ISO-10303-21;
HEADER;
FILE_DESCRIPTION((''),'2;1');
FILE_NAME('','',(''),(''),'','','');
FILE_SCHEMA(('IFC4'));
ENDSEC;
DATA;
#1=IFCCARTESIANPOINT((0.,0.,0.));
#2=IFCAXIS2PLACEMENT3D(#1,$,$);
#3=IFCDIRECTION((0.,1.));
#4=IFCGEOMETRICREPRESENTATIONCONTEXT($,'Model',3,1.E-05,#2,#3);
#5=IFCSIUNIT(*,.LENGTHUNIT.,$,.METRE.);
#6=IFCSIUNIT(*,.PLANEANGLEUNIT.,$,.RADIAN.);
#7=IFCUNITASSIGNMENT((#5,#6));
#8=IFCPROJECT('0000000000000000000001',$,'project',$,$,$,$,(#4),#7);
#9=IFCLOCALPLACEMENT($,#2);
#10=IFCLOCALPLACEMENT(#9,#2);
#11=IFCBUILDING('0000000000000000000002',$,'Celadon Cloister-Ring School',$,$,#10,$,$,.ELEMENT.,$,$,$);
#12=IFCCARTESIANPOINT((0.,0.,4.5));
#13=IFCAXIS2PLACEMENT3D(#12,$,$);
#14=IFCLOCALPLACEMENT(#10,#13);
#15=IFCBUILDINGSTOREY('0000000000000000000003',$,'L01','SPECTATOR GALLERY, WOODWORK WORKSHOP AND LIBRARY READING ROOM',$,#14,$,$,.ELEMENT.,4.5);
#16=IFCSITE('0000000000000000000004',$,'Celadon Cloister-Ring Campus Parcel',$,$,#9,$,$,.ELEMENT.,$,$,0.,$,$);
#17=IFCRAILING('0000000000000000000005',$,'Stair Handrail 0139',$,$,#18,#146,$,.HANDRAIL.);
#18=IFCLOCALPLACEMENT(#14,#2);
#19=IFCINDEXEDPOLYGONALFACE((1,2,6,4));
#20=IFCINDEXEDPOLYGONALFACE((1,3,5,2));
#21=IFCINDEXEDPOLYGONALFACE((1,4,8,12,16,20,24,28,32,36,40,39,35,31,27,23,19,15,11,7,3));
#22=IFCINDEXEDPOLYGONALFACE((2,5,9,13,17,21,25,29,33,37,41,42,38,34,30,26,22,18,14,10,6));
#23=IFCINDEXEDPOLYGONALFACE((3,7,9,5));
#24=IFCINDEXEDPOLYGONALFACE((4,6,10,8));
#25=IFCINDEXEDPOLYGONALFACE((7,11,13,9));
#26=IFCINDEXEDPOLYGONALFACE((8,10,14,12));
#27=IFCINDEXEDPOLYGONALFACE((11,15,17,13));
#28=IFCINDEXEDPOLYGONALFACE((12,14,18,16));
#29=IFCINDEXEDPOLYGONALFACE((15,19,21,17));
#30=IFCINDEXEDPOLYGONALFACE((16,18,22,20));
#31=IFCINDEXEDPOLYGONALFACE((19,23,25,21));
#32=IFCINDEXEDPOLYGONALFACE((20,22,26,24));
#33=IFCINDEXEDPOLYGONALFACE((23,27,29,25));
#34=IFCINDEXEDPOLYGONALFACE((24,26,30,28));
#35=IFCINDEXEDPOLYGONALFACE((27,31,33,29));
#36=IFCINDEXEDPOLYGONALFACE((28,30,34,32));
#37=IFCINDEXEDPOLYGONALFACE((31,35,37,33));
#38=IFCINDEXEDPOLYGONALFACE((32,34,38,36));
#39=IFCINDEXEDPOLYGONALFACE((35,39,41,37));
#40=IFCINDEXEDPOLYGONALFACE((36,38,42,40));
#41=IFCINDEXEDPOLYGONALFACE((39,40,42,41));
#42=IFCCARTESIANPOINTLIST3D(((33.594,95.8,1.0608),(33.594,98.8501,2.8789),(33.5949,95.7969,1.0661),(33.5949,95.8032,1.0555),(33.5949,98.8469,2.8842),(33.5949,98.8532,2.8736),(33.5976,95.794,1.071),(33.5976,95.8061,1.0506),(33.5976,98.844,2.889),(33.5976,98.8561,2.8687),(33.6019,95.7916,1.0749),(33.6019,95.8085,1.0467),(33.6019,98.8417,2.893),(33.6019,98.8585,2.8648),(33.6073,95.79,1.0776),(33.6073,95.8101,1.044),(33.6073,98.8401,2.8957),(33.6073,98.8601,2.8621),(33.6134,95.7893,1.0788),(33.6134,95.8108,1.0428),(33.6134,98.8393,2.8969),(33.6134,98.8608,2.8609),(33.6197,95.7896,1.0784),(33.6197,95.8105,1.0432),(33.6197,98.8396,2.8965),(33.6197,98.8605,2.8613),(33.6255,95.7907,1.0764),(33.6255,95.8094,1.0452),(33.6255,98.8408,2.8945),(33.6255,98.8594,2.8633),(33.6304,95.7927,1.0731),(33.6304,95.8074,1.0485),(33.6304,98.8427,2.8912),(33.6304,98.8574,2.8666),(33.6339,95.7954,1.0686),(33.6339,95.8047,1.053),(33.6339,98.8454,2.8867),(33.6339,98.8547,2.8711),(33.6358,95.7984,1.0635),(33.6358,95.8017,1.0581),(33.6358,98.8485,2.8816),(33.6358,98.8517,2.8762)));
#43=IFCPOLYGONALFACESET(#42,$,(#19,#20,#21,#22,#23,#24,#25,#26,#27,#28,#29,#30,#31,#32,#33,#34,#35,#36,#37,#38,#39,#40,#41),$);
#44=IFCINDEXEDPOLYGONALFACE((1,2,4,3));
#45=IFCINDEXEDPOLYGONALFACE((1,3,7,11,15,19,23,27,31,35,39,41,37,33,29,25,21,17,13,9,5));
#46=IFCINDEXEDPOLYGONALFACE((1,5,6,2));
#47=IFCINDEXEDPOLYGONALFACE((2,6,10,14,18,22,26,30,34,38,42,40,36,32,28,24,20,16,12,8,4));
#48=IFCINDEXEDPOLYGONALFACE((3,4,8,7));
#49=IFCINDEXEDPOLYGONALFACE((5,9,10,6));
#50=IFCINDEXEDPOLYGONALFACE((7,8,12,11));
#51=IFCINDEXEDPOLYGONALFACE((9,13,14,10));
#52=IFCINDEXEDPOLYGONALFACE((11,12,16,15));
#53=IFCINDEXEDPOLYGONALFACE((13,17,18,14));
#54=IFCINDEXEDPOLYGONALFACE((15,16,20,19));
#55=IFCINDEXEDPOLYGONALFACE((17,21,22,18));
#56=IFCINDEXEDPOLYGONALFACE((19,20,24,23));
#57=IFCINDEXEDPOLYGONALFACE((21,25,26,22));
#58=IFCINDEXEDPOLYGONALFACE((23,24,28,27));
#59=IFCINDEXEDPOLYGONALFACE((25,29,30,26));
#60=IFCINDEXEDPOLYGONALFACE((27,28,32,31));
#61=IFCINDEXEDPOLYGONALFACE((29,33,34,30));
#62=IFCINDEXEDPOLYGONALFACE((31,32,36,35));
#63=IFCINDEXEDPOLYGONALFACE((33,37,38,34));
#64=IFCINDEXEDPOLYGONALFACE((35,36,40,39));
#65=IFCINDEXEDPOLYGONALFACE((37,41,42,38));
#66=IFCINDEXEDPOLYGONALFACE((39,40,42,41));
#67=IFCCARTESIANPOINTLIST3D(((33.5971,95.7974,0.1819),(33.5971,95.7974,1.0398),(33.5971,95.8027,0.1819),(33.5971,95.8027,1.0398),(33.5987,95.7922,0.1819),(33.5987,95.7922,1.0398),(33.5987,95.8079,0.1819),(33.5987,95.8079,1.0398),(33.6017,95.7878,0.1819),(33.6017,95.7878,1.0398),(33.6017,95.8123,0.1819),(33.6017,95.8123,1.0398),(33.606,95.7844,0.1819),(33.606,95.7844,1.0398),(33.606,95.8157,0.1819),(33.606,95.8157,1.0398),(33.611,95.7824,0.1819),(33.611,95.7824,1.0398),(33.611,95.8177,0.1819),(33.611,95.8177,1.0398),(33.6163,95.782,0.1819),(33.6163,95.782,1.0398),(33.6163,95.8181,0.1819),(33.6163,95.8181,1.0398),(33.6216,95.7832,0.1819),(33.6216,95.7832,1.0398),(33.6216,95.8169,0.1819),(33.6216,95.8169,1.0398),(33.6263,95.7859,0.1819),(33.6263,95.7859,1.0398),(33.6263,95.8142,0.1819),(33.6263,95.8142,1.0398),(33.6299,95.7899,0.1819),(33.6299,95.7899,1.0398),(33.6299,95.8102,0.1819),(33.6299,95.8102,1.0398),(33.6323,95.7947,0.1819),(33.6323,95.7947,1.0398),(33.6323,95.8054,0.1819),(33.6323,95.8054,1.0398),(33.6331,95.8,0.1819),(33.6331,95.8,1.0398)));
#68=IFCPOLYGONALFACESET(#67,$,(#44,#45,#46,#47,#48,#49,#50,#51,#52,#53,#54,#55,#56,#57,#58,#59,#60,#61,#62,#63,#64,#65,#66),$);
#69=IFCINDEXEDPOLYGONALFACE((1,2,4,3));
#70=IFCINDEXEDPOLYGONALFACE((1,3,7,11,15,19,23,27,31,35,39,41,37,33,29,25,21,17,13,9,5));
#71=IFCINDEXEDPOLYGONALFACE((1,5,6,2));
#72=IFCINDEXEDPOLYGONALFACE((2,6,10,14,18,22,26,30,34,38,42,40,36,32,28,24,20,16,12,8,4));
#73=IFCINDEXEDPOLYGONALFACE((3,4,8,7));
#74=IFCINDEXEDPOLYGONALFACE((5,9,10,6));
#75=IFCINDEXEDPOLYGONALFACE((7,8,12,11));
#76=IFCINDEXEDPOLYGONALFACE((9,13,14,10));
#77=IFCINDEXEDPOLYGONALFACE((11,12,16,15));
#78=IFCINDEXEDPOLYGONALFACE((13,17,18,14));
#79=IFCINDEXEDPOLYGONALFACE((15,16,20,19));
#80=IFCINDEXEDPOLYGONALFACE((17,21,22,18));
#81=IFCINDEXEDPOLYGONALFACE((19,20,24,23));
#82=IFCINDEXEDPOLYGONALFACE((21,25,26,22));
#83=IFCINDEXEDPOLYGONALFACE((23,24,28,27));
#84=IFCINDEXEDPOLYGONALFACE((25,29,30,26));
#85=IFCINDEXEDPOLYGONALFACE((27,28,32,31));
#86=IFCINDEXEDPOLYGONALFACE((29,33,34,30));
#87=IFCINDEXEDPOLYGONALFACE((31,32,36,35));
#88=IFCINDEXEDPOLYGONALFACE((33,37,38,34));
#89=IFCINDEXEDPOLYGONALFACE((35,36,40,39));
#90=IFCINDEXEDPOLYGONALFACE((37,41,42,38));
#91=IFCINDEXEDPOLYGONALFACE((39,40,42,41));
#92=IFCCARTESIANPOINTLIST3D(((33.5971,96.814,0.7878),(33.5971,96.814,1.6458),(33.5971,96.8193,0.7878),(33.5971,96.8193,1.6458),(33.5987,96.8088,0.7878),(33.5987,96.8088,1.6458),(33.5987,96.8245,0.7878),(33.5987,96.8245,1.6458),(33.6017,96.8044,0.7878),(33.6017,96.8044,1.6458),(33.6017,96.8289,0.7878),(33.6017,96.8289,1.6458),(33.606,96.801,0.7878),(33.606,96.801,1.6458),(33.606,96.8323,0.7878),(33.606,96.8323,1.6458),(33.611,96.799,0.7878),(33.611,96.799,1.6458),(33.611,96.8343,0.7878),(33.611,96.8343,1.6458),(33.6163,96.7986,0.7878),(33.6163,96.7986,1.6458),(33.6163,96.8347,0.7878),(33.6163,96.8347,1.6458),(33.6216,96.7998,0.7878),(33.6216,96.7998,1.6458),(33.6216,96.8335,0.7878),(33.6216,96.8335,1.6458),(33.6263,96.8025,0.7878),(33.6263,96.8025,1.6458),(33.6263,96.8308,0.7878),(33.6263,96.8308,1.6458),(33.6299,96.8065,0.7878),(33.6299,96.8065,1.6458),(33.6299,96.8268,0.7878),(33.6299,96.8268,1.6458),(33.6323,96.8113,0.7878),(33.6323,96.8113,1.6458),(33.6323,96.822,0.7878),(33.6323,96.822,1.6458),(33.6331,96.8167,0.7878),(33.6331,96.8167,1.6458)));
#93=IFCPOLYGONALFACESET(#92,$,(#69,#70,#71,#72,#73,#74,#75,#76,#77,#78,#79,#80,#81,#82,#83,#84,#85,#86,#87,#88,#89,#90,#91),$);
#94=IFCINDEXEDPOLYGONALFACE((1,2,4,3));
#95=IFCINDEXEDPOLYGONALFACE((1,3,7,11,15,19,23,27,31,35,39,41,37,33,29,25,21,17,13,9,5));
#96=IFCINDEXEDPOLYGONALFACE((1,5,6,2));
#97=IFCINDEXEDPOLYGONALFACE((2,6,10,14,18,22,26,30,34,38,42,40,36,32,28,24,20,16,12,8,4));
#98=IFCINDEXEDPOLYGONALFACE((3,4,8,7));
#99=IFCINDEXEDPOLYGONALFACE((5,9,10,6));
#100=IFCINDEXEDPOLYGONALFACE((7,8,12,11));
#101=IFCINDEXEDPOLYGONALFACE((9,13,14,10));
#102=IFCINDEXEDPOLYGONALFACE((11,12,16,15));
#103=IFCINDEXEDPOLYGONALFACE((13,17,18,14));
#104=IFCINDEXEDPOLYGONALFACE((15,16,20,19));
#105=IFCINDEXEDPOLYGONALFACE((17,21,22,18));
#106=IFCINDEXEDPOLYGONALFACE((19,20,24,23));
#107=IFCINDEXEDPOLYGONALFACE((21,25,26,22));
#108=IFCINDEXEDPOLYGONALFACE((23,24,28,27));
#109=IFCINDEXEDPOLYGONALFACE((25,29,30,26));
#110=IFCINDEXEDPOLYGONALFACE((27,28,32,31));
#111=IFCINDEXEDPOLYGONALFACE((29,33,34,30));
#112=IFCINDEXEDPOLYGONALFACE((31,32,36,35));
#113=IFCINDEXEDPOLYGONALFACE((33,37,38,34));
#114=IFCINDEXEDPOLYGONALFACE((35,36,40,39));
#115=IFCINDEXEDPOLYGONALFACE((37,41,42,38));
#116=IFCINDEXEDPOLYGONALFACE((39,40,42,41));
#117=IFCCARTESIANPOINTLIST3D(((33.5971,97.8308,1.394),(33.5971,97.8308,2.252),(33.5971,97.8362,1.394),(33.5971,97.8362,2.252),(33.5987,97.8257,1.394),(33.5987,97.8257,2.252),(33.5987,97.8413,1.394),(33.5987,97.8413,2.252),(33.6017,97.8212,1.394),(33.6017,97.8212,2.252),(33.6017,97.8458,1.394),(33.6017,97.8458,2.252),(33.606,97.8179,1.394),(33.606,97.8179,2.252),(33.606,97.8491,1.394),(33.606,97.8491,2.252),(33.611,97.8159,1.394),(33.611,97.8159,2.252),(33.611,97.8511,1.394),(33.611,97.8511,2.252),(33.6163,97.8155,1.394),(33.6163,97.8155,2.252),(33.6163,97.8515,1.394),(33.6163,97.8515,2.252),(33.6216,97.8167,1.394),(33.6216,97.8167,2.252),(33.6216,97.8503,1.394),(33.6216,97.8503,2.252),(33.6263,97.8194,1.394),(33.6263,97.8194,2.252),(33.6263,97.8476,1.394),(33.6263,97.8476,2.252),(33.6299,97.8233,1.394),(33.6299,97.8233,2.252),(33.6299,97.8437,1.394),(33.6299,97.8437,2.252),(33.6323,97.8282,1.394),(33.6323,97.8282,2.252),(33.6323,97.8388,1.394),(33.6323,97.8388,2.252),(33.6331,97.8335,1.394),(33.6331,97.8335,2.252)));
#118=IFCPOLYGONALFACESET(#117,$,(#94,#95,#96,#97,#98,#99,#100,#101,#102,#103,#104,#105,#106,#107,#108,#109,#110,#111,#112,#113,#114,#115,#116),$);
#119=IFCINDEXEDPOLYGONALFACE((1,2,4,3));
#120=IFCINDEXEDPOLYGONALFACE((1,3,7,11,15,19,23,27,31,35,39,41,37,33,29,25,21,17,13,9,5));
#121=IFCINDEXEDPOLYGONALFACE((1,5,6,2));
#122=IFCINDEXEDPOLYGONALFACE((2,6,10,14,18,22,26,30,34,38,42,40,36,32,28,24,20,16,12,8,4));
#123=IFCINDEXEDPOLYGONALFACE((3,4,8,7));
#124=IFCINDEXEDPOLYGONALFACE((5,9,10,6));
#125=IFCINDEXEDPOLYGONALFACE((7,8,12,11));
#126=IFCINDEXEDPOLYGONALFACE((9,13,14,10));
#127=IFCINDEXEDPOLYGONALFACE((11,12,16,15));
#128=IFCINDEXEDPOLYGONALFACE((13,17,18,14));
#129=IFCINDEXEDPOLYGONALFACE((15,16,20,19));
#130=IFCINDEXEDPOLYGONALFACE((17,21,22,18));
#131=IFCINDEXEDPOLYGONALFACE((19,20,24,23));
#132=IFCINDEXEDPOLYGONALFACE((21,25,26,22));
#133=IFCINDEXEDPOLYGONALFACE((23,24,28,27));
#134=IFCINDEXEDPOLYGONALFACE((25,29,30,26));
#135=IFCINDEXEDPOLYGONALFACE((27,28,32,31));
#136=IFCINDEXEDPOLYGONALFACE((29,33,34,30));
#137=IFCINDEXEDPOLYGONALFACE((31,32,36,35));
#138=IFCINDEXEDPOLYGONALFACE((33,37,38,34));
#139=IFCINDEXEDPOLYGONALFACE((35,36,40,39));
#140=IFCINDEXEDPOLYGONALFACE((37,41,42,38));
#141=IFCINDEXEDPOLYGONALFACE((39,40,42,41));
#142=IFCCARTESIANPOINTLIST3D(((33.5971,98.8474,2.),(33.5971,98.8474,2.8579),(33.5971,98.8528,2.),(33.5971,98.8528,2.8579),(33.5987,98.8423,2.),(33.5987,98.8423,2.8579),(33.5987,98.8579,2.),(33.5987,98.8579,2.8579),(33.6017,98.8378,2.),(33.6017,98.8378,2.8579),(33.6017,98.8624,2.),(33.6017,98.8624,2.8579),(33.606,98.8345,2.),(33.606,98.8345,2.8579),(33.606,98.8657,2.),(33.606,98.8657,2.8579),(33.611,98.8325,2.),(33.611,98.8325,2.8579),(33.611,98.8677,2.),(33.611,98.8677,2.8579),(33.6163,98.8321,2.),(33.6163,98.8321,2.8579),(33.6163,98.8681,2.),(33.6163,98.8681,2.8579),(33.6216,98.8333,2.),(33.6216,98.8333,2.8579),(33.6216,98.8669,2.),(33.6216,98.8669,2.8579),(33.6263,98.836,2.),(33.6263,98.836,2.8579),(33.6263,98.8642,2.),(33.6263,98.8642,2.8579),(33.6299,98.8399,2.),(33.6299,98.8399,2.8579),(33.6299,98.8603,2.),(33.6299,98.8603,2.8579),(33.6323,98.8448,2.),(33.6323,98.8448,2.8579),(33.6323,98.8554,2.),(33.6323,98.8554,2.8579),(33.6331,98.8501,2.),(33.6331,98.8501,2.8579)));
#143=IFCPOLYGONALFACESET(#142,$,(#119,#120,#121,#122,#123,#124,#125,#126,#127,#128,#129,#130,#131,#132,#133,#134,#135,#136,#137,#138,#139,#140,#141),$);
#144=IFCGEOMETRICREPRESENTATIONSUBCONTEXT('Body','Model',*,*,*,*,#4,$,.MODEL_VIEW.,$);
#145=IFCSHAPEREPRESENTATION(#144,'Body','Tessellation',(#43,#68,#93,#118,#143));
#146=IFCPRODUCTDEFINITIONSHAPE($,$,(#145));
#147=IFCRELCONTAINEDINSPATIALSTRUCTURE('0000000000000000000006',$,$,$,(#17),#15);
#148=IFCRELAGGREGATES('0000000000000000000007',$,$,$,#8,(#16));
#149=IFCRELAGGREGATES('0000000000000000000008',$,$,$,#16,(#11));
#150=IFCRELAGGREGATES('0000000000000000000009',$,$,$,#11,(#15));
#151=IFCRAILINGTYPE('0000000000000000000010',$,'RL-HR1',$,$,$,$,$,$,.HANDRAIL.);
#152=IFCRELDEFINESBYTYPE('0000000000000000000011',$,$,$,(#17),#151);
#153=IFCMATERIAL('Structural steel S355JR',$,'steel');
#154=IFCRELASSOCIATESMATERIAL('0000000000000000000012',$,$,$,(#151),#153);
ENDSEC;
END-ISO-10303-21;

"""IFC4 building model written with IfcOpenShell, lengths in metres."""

from ifc_helpers import new_model, si_unit, direction, frame, origin, origin_2d, place, context, subcontext, project, spatial, circle, extrude, material, type_object, element, save


model = new_model("IFC4")

# Units and contexts
model_context = context("Model", 3, precision=1e-05, world=origin(), true_north=direction((0.0, 1.0)))
body_context = subcontext(model_context, "Body", "Model", "MODEL_VIEW")
ifc_project = project(units=[si_unit("LENGTHUNIT", "METRE"), si_unit("PLANEANGLEUNIT", "RADIAN")], contexts=[model_context])

# Site, building, storey
site_placement = place(None, origin())
site = spatial("IfcSite", under=ifc_project, at=site_placement, Name="Celadon Cloister-Ring Campus Parcel", CompositionType="ELEMENT", RefElevation=0.0)
building_placement = place(site_placement, origin())
building = spatial("IfcBuilding", under=site, at=building_placement, Name="Celadon Cloister-Ring School", CompositionType="ELEMENT")
storey_placement = place(building_placement, frame((0.0, 0.0, 4.5)))
storey = spatial("IfcBuildingStorey", under=building, at=storey_placement, Name="L01", Description="SPECTATOR GALLERY, WOODWORK WORKSHOP AND LIBRARY READING ROOM", CompositionType="ELEMENT", Elevation=4.5)

# Railing
ifc_material_1 = material(Name="Structural steel S355JR", Category="steel")
railing_type_1 = type_object("IfcRailingType", Name="RL-HR1", PredefinedType="HANDRAIL", material=ifc_material_1)
railing_1_placement = place(storey_placement, frame((33.615, 95.8, 0.1819)))
element("IfcRailing", 1, at=railing_1_placement, inside=storey, type_object=railing_type_1, Name="Stair Handrail 0139", PredefinedType="HANDRAIL", context=body_context, shape_type="SweptSolid", body=[
    extrude(circle(Radius=0.021, at=origin_2d()), frame((0.0, 0.0, 0.8789), z_axis=(0.0, 0.85897, 0.512026), x_axis=(-1.0, 0.0, 0.0)), (0.0, 0.0, 1.0), 3.5508),
    extrude(circle(Radius=0.0181, at=origin_2d()), origin(), (0.0, 0.0, 1.0), 0.8579),
    extrude(circle(Radius=0.0181, at=origin_2d()), frame((0.0, 1.0166, 0.606)), (0.0, 0.0, 1.0), 0.8579),
    extrude(circle(Radius=0.0181, at=origin_2d()), frame((0.0, 2.0334, 1.2122)), (0.0, 0.0, 1.0), 0.8579),
    extrude(circle(Radius=0.0181, at=origin_2d()), frame((0.0, 3.05, 1.8181)), (0.0, 0.0, 1.0), 0.8579),
])

save(model, "model.ifc")
